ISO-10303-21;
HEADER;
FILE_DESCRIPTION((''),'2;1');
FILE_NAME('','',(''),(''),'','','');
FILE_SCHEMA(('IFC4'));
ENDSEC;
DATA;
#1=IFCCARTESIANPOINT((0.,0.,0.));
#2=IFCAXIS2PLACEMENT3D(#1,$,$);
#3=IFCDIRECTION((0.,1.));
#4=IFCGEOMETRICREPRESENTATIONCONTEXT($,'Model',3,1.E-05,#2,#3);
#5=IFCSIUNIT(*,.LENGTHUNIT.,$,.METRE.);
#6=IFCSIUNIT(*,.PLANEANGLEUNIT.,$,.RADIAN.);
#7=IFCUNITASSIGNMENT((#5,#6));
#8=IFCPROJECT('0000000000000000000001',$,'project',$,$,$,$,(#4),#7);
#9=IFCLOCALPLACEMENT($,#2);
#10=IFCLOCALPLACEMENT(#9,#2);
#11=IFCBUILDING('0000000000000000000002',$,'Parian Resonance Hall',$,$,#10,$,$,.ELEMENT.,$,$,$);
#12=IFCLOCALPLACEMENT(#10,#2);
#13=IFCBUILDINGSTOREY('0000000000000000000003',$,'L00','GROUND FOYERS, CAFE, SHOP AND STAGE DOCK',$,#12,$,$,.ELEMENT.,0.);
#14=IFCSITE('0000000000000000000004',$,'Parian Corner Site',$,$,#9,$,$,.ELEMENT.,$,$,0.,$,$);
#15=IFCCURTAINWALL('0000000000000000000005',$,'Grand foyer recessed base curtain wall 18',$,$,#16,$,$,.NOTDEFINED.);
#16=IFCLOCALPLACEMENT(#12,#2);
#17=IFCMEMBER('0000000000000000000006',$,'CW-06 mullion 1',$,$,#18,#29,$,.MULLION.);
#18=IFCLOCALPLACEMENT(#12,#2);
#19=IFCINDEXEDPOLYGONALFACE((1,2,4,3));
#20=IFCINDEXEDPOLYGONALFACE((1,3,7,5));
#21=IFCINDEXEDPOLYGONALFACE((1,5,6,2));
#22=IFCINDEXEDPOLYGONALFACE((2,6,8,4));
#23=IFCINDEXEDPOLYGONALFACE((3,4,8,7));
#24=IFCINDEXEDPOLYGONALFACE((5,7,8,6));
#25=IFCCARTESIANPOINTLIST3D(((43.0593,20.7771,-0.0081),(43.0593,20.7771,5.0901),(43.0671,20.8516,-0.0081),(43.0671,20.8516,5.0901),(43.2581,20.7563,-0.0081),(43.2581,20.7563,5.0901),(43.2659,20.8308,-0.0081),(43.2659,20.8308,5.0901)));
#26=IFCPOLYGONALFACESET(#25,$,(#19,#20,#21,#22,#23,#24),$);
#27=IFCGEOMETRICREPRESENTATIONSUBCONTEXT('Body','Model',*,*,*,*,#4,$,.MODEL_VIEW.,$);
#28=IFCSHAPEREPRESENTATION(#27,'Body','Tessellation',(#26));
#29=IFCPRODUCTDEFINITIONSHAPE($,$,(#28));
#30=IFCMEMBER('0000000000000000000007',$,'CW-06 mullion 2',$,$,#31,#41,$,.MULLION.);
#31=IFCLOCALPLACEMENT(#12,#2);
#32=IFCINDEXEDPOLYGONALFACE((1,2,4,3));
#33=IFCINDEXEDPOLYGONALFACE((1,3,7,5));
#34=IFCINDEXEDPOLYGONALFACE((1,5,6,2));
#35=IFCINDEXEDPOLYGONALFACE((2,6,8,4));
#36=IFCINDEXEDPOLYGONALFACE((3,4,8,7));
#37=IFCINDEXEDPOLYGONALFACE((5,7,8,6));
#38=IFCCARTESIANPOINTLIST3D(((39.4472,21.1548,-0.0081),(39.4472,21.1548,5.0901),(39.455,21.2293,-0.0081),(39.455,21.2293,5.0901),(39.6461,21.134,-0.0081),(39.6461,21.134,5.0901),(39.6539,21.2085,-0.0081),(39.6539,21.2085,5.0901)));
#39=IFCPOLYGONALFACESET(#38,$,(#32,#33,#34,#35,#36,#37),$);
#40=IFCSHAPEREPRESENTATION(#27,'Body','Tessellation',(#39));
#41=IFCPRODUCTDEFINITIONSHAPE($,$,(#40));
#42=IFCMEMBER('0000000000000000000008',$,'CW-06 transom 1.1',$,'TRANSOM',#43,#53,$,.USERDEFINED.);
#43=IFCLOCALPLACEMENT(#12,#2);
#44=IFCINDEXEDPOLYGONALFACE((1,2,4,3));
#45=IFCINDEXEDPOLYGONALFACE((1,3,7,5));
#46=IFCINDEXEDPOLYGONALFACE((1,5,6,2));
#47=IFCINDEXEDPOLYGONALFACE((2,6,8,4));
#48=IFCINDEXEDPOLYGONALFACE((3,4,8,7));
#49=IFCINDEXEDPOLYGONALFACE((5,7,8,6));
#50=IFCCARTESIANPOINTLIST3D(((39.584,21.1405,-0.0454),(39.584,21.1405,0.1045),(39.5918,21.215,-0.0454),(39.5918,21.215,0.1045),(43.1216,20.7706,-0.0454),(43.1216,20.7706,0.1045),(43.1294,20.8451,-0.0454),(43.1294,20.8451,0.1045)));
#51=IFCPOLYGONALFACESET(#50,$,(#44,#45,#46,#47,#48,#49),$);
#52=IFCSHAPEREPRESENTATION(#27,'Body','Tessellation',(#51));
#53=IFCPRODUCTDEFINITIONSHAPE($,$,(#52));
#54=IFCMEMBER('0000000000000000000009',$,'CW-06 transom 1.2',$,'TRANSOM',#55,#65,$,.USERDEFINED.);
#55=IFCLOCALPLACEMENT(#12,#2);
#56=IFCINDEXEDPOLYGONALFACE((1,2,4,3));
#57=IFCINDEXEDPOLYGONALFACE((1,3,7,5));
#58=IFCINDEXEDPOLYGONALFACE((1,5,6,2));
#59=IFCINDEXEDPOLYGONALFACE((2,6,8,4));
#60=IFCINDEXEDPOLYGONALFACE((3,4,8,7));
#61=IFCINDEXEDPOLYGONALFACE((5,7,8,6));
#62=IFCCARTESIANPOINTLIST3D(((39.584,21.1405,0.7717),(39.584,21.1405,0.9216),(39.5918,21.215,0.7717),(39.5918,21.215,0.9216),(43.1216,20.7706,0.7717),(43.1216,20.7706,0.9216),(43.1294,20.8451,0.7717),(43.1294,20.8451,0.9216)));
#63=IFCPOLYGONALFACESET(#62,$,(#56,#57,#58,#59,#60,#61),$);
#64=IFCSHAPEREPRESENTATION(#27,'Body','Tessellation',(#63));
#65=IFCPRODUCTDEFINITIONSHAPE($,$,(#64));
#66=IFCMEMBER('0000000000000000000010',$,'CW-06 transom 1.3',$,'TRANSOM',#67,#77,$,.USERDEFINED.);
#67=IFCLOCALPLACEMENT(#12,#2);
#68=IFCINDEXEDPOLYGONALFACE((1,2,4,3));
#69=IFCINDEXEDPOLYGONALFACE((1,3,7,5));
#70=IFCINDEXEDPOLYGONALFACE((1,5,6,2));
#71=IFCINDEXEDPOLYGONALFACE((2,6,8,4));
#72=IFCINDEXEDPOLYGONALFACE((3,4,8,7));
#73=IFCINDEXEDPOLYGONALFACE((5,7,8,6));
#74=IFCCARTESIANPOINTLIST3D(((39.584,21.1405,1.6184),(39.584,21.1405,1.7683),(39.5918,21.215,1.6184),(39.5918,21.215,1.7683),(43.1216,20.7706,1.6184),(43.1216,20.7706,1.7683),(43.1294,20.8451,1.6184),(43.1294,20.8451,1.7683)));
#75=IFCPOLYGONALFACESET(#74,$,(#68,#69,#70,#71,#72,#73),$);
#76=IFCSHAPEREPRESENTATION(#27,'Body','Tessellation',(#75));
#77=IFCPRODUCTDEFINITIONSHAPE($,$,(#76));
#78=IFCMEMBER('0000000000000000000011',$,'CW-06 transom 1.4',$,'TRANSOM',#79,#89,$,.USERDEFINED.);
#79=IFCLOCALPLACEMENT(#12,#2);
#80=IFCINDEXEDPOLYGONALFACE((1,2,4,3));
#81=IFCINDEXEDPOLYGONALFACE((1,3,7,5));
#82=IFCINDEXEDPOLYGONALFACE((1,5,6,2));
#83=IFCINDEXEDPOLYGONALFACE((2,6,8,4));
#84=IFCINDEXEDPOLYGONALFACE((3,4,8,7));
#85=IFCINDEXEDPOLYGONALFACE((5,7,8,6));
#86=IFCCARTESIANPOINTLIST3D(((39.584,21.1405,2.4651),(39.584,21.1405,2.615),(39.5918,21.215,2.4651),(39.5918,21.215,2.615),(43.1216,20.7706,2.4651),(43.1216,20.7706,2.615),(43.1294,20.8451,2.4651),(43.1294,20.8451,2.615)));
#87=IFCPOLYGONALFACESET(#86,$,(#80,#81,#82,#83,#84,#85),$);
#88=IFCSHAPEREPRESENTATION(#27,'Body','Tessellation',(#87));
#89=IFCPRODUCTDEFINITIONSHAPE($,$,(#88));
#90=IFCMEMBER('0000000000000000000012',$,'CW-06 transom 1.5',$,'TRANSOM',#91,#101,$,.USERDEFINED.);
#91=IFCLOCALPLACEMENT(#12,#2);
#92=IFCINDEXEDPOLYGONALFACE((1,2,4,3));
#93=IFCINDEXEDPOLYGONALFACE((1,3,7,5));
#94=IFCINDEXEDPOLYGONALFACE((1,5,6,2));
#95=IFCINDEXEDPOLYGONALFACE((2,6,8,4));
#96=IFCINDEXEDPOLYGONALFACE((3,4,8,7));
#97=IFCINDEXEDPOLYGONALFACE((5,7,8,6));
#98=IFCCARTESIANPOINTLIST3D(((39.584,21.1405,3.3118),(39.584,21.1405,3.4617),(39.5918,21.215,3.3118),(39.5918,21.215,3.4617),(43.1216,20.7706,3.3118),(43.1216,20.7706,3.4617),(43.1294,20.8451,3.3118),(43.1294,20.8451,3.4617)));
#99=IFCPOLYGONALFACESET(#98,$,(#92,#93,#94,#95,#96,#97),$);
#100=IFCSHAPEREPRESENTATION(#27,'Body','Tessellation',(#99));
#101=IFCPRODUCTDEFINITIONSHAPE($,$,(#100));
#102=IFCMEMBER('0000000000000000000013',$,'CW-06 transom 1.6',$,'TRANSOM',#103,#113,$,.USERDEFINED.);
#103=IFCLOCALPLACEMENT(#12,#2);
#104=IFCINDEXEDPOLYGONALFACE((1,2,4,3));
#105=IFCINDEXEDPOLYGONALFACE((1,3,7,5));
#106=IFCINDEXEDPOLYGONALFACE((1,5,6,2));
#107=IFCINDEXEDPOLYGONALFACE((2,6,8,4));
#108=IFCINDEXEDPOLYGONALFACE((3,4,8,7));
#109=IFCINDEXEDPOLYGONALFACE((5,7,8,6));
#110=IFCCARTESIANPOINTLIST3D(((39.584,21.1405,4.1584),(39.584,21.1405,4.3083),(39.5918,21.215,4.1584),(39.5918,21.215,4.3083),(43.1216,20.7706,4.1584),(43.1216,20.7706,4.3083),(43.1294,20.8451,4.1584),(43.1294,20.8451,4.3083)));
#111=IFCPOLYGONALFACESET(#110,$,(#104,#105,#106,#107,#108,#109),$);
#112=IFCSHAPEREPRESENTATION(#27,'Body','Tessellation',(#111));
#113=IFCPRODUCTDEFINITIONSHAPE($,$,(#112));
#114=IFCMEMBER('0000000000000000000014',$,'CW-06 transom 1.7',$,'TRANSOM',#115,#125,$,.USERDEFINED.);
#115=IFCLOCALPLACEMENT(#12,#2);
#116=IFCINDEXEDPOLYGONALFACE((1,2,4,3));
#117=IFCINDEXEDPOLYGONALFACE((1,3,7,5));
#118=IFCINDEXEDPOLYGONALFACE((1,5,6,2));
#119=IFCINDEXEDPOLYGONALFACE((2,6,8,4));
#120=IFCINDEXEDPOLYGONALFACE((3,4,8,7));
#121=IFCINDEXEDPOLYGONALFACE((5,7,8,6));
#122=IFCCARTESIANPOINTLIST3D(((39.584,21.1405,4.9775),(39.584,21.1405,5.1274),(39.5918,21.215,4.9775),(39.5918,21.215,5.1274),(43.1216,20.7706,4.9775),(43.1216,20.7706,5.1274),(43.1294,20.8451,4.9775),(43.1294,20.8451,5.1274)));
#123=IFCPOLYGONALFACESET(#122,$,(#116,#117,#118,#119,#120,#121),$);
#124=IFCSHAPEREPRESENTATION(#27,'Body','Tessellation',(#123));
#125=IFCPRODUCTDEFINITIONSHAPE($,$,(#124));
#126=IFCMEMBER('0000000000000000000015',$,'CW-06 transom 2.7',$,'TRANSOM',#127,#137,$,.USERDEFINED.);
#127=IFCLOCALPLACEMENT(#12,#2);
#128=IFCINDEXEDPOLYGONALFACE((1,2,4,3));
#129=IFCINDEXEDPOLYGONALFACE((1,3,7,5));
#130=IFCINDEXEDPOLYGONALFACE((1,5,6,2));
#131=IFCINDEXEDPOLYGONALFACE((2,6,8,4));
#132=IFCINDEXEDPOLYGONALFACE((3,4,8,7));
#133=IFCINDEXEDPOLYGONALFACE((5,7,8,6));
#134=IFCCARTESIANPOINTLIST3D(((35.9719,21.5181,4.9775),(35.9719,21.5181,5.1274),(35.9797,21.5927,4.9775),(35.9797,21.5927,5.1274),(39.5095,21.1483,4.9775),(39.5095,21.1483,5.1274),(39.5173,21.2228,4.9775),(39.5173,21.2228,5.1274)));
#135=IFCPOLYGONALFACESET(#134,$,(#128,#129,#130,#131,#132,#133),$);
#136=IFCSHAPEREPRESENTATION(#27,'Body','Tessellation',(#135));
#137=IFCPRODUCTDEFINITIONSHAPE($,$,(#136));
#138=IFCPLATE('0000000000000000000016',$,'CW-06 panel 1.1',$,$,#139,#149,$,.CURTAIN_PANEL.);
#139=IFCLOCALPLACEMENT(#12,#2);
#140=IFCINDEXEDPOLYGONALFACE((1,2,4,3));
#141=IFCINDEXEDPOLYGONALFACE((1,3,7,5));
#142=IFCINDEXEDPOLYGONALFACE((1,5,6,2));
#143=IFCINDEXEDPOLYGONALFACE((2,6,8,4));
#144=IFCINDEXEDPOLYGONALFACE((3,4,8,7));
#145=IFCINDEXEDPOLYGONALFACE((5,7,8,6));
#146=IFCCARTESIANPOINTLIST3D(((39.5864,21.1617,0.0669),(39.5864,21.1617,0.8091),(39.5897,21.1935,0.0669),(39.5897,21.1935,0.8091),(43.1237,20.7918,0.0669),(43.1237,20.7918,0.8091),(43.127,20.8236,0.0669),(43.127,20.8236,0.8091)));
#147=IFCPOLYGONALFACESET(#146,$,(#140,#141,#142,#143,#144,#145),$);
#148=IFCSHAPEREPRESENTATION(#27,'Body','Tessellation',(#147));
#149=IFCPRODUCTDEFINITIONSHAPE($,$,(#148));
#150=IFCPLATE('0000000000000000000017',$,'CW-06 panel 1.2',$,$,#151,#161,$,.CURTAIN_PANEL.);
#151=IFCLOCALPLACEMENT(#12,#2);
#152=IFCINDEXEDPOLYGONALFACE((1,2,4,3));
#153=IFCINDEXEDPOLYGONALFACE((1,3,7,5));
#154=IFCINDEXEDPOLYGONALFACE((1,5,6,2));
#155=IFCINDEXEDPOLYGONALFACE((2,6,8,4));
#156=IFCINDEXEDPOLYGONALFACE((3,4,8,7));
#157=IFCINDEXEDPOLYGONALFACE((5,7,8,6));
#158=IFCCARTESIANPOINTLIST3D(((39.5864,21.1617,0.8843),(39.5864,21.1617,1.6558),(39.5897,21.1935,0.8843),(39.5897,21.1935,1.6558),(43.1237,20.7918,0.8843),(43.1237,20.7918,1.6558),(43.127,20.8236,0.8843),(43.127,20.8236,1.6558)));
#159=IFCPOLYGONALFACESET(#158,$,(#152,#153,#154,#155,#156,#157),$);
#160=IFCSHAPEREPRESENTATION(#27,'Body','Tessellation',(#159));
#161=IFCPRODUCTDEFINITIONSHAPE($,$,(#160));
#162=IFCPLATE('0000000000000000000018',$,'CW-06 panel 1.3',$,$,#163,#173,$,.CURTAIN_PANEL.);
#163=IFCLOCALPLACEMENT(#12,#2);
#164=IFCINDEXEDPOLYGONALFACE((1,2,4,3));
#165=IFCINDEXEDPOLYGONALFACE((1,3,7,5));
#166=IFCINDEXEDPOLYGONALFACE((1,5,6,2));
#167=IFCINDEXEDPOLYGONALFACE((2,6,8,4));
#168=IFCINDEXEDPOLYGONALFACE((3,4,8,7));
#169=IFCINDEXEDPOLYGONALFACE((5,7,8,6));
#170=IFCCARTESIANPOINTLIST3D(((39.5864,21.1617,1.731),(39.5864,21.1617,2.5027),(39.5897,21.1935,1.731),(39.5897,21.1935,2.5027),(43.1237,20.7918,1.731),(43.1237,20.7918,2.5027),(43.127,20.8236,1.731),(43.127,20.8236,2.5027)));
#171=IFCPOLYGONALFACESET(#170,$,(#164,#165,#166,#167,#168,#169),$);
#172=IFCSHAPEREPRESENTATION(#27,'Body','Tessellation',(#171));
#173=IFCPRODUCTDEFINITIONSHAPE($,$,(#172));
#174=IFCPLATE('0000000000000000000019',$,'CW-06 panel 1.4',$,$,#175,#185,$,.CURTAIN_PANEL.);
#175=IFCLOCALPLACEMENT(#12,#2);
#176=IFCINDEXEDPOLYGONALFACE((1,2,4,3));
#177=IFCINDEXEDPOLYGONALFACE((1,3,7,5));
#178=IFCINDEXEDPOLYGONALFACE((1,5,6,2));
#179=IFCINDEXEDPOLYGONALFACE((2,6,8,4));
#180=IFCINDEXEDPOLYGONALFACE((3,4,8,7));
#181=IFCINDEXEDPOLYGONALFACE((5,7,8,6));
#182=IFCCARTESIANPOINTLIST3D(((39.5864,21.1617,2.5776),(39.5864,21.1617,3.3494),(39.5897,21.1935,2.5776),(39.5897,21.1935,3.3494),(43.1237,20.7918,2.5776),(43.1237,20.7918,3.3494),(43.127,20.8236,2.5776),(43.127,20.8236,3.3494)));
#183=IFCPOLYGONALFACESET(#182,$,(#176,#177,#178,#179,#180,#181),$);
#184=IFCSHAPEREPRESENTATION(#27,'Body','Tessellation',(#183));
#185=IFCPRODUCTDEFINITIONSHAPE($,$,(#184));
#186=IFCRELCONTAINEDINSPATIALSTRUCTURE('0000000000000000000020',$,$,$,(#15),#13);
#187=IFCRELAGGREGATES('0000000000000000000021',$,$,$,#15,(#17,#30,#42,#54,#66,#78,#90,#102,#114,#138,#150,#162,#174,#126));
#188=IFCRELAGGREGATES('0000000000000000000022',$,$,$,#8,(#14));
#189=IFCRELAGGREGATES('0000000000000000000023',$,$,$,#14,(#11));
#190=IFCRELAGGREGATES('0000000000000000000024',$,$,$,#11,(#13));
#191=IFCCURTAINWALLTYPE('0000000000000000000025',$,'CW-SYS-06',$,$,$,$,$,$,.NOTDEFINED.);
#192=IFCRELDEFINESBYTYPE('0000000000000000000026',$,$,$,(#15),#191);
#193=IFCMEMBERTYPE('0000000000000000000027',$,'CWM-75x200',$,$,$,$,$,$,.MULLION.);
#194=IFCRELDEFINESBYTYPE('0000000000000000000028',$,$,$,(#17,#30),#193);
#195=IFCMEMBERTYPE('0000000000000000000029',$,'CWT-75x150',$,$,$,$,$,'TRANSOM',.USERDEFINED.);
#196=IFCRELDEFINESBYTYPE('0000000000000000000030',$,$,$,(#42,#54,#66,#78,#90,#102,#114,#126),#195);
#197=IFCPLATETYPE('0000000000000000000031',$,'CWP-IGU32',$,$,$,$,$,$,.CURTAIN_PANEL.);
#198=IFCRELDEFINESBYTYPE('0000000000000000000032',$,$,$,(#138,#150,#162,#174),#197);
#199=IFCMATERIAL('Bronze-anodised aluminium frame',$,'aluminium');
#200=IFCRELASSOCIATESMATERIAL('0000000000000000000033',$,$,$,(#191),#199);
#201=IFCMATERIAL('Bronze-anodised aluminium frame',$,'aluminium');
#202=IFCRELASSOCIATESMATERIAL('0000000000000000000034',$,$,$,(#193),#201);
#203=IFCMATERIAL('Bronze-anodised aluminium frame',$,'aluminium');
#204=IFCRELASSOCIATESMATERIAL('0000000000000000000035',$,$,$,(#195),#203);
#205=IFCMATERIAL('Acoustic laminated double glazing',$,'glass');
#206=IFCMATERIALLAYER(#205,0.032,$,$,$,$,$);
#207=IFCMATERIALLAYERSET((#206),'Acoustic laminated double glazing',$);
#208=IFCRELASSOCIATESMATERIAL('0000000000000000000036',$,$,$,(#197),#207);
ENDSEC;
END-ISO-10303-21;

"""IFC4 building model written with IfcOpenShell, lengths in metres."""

from ifc_helpers import new_model, si_unit, direction, frame, origin, origin_2d, place, context, subcontext, project, spatial, rectangle, extrude, material, layer, layer_set, material_profile, profile_set, type_object, element, aggregate, save


model = new_model("IFC4")

# Units and contexts
model_context = context("Model", 3, precision=1e-05, world=origin(), true_north=direction((0.0, 1.0)))
body_context = subcontext(model_context, "Body", "Model", "MODEL_VIEW")
ifc_project = project(units=[si_unit("LENGTHUNIT", "METRE"), si_unit("PLANEANGLEUNIT", "RADIAN")], contexts=[model_context])

# Site, building, storey
site_placement = place(None, origin())
site = spatial("IfcSite", under=ifc_project, at=site_placement, Name="Parian Corner Site", CompositionType="ELEMENT", RefElevation=0.0)
building_placement = place(site_placement, origin())
building = spatial("IfcBuilding", under=site, at=building_placement, Name="Parian Resonance Hall", CompositionType="ELEMENT")
storey_placement = place(building_placement, origin())
storey = spatial("IfcBuildingStorey", under=building, at=storey_placement, Name="L00", Description="GROUND FOYERS, CAFE, SHOP AND STAGE DOCK", CompositionType="ELEMENT", Elevation=0.0)

# Curtain wall, members, plates
ifc_material_1 = material(Name="Bronze-anodised aluminium frame", Category="aluminium")
curtain_wall_type_1 = type_object("IfcCurtainWallType", Name="CW-SYS-06", PredefinedType="NOTDEFINED", material=ifc_material_1)
curtain_wall_1_placement = place(storey_placement, origin())
curtain_wall_1 = element("IfcCurtainWall", 1, at=curtain_wall_1_placement, inside=storey, type_object=curtain_wall_type_1, Name="Grand foyer recessed base curtain wall 18", PredefinedType="NOTDEFINED")
ifc_material_2 = material(Name="Bronze-anodised aluminium frame", Category="aluminium")
ifc_material_profile_1 = material_profile(ifc_material_2, rectangle(XDim=0.075, YDim=0.2, at=origin_2d()), Name="CWM-75x200")
ifc_profile_set_1 = profile_set([ifc_material_profile_1], Name="Bronze-anodised aluminium frame")
member_type_1 = type_object("IfcMemberType", Name="CWM-75x200", PredefinedType="MULLION", material=ifc_profile_set_1)
member_1_placement = place(storey_placement, frame((43.1626, 20.804, -0.0081), z_axis=(0.0, 0.0, 1.0), x_axis=(-0.104013, -0.994576, 0.0)))
member_1 = element("IfcMember", 2, at=member_1_placement, type_object=member_type_1, Name="CW-06 mullion 1", PredefinedType="MULLION", context=body_context, shape_type="SweptSolid", body=[
    extrude(rectangle(XDim=0.075, YDim=0.2, at=origin_2d()), origin(), (0.0, 0.0, 1.0), 5.0981),
])
member_2_placement = place(storey_placement, frame((39.5505, 21.1816, -0.0081), z_axis=(0.0, 0.0, 1.0), x_axis=(-0.104013, -0.994576, 0.0)))
member_2 = element("IfcMember", 3, at=member_2_placement, type_object=member_type_1, Name="CW-06 mullion 2", PredefinedType="MULLION", context=body_context, shape_type="SweptSolid", body=[
    extrude(rectangle(XDim=0.075, YDim=0.2, at=origin_2d()), origin(), (0.0, 0.0, 1.0), 5.0981),
])
ifc_material_3 = material(Name="Bronze-anodised aluminium frame", Category="aluminium")
ifc_material_profile_2 = material_profile(ifc_material_3, rectangle(XDim=0.075, YDim=0.1499, at=origin_2d()), Name="CWT-75x150")
ifc_profile_set_2 = profile_set([ifc_material_profile_2], Name="Bronze-anodised aluminium frame")
member_type_2 = type_object("IfcMemberType", Name="CWT-75x150", ElementType="TRANSOM", PredefinedType="USERDEFINED", material=ifc_profile_set_2)
member_3_placement = place(storey_placement, frame((43.1255, 20.8079, 0.0295), z_axis=(-0.994579, 0.103988, 0.0), x_axis=(-0.103988, -0.994579, 0.0)))
member_3 = element("IfcMember", 4, at=member_3_placement, type_object=member_type_2, Name="CW-06 transom 1.1", ObjectType="TRANSOM", PredefinedType="USERDEFINED", context=body_context, shape_type="SweptSolid", body=[
    extrude(rectangle(XDim=0.075, YDim=0.1499, at=origin_2d()), origin(), (0.0, 0.0, 1.0), 3.5569),
])
member_4_placement = place(storey_placement, frame((43.1255, 20.8079, 0.8467), z_axis=(-0.994579, 0.103988, 0.0), x_axis=(-0.103988, -0.994579, 0.0)))
member_4 = element("IfcMember", 5, at=member_4_placement, type_object=member_type_2, Name="CW-06 transom 1.2", ObjectType="TRANSOM", PredefinedType="USERDEFINED", context=body_context, shape_type="SweptSolid", body=[
    extrude(rectangle(XDim=0.075, YDim=0.1499, at=origin_2d()), origin(), (0.0, 0.0, 1.0), 3.5569),
])
member_5_placement = place(storey_placement, frame((43.1255, 20.8079, 1.6934), z_axis=(-0.994579, 0.103988, 0.0), x_axis=(-0.103988, -0.994579, 0.0)))
member_5 = element("IfcMember", 6, at=member_5_placement, type_object=member_type_2, Name="CW-06 transom 1.3", ObjectType="TRANSOM", PredefinedType="USERDEFINED", context=body_context, shape_type="SweptSolid", body=[
    extrude(rectangle(XDim=0.075, YDim=0.1499, at=origin_2d()), origin(), (0.0, 0.0, 1.0), 3.5569),
])
member_6_placement = place(storey_placement, frame((43.1255, 20.8079, 2.54), z_axis=(-0.994579, 0.103988, 0.0), x_axis=(-0.103988, -0.994579, 0.0)))
member_6 = element("IfcMember", 7, at=member_6_placement, type_object=member_type_2, Name="CW-06 transom 1.4", ObjectType="TRANSOM", PredefinedType="USERDEFINED", context=body_context, shape_type="SweptSolid", body=[
    extrude(rectangle(XDim=0.075, YDim=0.1499, at=origin_2d()), origin(), (0.0, 0.0, 1.0), 3.5569),
])
member_7_placement = place(storey_placement, frame((43.1255, 20.8079, 3.3867), z_axis=(-0.994579, 0.103988, 0.0), x_axis=(-0.103988, -0.994579, 0.0)))
member_7 = element("IfcMember", 8, at=member_7_placement, type_object=member_type_2, Name="CW-06 transom 1.5", ObjectType="TRANSOM", PredefinedType="USERDEFINED", context=body_context, shape_type="SweptSolid", body=[
    extrude(rectangle(XDim=0.075, YDim=0.1499, at=origin_2d()), origin(), (0.0, 0.0, 1.0), 3.5569),
])
member_8_placement = place(storey_placement, frame((43.1255, 20.8079, 4.2334), z_axis=(-0.994579, 0.103988, 0.0), x_axis=(-0.103988, -0.994579, 0.0)))
member_8 = element("IfcMember", 9, at=member_8_placement, type_object=member_type_2, Name="CW-06 transom 1.6", ObjectType="TRANSOM", PredefinedType="USERDEFINED", context=body_context, shape_type="SweptSolid", body=[
    extrude(rectangle(XDim=0.075, YDim=0.1499, at=origin_2d()), origin(), (0.0, 0.0, 1.0), 3.5569),
])
member_9_placement = place(storey_placement, frame((43.1255, 20.8079, 5.0525), z_axis=(-0.994579, 0.103988, 0.0), x_axis=(-0.103988, -0.994579, 0.0)))
member_9 = element("IfcMember", 10, at=member_9_placement, type_object=member_type_2, Name="CW-06 transom 1.7", ObjectType="TRANSOM", PredefinedType="USERDEFINED", context=body_context, shape_type="SweptSolid", body=[
    extrude(rectangle(XDim=0.075, YDim=0.1499, at=origin_2d()), origin(), (0.0, 0.0, 1.0), 3.5569),
])
member_10_placement = place(storey_placement, frame((39.5134, 21.1855, 5.0525), z_axis=(-0.994579, 0.103988, 0.0), x_axis=(-0.103988, -0.994579, 0.0)))
member_10 = element("IfcMember", 11, at=member_10_placement, type_object=member_type_2, Name="CW-06 transom 2.7", ObjectType="TRANSOM", PredefinedType="USERDEFINED", context=body_context, shape_type="SweptSolid", body=[
    extrude(rectangle(XDim=0.075, YDim=0.1499, at=origin_2d()), origin(), (0.0, 0.0, 1.0), 3.5569),
])
ifc_material_4 = material(Name="Acoustic laminated double glazing", Category="glass")
ifc_layer_1 = layer(ifc_material_4, 0.032)
ifc_layer_set_1 = layer_set([ifc_layer_1], Name="Acoustic laminated double glazing")
plate_type_1 = type_object("IfcPlateType", Name="CWP-IGU32", PredefinedType="CURTAIN_PANEL", material=ifc_layer_set_1)
plate_1_placement = place(storey_placement, frame((41.3567, 20.9927, 0.0669), z_axis=(0.0, 0.0, 1.0), x_axis=(-0.994576, 0.104013, 0.0)))
plate_1 = element("IfcPlate", 12, at=plate_1_placement, type_object=plate_type_1, Name="CW-06 panel 1.1", PredefinedType="CURTAIN_PANEL", context=body_context, shape_type="SweptSolid", body=[
    extrude(rectangle(XDim=3.5566, YDim=0.032, at=origin_2d()), origin(), (0.0, 0.0, 1.0), 0.7422),
])
plate_2_placement = place(storey_placement, frame((41.3567, 20.9927, 0.8843), z_axis=(0.0, 0.0, 1.0), x_axis=(-0.994576, 0.104013, 0.0)))
plate_2 = element("IfcPlate", 13, at=plate_2_placement, type_object=plate_type_1, Name="CW-06 panel 1.2", PredefinedType="CURTAIN_PANEL", context=body_context, shape_type="SweptSolid", body=[
    extrude(rectangle(XDim=3.5566, YDim=0.032, at=origin_2d()), origin(), (0.0, 0.0, 1.0), 0.7715),
])
plate_3_placement = place(storey_placement, frame((41.3567, 20.9927, 1.731), z_axis=(0.0, 0.0, 1.0), x_axis=(-0.994576, 0.104013, 0.0)))
plate_3 = element("IfcPlate", 14, at=plate_3_placement, type_object=plate_type_1, Name="CW-06 panel 1.3", PredefinedType="CURTAIN_PANEL", context=body_context, shape_type="SweptSolid", body=[
    extrude(rectangle(XDim=3.5566, YDim=0.032, at=origin_2d()), origin(), (0.0, 0.0, 1.0), 0.7717),
])
plate_4_placement = place(storey_placement, frame((41.3567, 20.9927, 2.5776), z_axis=(0.0, 0.0, 1.0), x_axis=(-0.994576, 0.104013, 0.0)))
plate_4 = element("IfcPlate", 15, at=plate_4_placement, type_object=plate_type_1, Name="CW-06 panel 1.4", PredefinedType="CURTAIN_PANEL", context=body_context, shape_type="SweptSolid", body=[
    extrude(rectangle(XDim=3.5566, YDim=0.032, at=origin_2d()), origin(), (0.0, 0.0, 1.0), 0.7717),
])
aggregate(curtain_wall_1, [member_1, member_2, member_3, member_4, member_5, member_6, member_7, member_8, member_9, plate_1, plate_2, plate_3, plate_4, member_10])

save(model, "model.ifc")
